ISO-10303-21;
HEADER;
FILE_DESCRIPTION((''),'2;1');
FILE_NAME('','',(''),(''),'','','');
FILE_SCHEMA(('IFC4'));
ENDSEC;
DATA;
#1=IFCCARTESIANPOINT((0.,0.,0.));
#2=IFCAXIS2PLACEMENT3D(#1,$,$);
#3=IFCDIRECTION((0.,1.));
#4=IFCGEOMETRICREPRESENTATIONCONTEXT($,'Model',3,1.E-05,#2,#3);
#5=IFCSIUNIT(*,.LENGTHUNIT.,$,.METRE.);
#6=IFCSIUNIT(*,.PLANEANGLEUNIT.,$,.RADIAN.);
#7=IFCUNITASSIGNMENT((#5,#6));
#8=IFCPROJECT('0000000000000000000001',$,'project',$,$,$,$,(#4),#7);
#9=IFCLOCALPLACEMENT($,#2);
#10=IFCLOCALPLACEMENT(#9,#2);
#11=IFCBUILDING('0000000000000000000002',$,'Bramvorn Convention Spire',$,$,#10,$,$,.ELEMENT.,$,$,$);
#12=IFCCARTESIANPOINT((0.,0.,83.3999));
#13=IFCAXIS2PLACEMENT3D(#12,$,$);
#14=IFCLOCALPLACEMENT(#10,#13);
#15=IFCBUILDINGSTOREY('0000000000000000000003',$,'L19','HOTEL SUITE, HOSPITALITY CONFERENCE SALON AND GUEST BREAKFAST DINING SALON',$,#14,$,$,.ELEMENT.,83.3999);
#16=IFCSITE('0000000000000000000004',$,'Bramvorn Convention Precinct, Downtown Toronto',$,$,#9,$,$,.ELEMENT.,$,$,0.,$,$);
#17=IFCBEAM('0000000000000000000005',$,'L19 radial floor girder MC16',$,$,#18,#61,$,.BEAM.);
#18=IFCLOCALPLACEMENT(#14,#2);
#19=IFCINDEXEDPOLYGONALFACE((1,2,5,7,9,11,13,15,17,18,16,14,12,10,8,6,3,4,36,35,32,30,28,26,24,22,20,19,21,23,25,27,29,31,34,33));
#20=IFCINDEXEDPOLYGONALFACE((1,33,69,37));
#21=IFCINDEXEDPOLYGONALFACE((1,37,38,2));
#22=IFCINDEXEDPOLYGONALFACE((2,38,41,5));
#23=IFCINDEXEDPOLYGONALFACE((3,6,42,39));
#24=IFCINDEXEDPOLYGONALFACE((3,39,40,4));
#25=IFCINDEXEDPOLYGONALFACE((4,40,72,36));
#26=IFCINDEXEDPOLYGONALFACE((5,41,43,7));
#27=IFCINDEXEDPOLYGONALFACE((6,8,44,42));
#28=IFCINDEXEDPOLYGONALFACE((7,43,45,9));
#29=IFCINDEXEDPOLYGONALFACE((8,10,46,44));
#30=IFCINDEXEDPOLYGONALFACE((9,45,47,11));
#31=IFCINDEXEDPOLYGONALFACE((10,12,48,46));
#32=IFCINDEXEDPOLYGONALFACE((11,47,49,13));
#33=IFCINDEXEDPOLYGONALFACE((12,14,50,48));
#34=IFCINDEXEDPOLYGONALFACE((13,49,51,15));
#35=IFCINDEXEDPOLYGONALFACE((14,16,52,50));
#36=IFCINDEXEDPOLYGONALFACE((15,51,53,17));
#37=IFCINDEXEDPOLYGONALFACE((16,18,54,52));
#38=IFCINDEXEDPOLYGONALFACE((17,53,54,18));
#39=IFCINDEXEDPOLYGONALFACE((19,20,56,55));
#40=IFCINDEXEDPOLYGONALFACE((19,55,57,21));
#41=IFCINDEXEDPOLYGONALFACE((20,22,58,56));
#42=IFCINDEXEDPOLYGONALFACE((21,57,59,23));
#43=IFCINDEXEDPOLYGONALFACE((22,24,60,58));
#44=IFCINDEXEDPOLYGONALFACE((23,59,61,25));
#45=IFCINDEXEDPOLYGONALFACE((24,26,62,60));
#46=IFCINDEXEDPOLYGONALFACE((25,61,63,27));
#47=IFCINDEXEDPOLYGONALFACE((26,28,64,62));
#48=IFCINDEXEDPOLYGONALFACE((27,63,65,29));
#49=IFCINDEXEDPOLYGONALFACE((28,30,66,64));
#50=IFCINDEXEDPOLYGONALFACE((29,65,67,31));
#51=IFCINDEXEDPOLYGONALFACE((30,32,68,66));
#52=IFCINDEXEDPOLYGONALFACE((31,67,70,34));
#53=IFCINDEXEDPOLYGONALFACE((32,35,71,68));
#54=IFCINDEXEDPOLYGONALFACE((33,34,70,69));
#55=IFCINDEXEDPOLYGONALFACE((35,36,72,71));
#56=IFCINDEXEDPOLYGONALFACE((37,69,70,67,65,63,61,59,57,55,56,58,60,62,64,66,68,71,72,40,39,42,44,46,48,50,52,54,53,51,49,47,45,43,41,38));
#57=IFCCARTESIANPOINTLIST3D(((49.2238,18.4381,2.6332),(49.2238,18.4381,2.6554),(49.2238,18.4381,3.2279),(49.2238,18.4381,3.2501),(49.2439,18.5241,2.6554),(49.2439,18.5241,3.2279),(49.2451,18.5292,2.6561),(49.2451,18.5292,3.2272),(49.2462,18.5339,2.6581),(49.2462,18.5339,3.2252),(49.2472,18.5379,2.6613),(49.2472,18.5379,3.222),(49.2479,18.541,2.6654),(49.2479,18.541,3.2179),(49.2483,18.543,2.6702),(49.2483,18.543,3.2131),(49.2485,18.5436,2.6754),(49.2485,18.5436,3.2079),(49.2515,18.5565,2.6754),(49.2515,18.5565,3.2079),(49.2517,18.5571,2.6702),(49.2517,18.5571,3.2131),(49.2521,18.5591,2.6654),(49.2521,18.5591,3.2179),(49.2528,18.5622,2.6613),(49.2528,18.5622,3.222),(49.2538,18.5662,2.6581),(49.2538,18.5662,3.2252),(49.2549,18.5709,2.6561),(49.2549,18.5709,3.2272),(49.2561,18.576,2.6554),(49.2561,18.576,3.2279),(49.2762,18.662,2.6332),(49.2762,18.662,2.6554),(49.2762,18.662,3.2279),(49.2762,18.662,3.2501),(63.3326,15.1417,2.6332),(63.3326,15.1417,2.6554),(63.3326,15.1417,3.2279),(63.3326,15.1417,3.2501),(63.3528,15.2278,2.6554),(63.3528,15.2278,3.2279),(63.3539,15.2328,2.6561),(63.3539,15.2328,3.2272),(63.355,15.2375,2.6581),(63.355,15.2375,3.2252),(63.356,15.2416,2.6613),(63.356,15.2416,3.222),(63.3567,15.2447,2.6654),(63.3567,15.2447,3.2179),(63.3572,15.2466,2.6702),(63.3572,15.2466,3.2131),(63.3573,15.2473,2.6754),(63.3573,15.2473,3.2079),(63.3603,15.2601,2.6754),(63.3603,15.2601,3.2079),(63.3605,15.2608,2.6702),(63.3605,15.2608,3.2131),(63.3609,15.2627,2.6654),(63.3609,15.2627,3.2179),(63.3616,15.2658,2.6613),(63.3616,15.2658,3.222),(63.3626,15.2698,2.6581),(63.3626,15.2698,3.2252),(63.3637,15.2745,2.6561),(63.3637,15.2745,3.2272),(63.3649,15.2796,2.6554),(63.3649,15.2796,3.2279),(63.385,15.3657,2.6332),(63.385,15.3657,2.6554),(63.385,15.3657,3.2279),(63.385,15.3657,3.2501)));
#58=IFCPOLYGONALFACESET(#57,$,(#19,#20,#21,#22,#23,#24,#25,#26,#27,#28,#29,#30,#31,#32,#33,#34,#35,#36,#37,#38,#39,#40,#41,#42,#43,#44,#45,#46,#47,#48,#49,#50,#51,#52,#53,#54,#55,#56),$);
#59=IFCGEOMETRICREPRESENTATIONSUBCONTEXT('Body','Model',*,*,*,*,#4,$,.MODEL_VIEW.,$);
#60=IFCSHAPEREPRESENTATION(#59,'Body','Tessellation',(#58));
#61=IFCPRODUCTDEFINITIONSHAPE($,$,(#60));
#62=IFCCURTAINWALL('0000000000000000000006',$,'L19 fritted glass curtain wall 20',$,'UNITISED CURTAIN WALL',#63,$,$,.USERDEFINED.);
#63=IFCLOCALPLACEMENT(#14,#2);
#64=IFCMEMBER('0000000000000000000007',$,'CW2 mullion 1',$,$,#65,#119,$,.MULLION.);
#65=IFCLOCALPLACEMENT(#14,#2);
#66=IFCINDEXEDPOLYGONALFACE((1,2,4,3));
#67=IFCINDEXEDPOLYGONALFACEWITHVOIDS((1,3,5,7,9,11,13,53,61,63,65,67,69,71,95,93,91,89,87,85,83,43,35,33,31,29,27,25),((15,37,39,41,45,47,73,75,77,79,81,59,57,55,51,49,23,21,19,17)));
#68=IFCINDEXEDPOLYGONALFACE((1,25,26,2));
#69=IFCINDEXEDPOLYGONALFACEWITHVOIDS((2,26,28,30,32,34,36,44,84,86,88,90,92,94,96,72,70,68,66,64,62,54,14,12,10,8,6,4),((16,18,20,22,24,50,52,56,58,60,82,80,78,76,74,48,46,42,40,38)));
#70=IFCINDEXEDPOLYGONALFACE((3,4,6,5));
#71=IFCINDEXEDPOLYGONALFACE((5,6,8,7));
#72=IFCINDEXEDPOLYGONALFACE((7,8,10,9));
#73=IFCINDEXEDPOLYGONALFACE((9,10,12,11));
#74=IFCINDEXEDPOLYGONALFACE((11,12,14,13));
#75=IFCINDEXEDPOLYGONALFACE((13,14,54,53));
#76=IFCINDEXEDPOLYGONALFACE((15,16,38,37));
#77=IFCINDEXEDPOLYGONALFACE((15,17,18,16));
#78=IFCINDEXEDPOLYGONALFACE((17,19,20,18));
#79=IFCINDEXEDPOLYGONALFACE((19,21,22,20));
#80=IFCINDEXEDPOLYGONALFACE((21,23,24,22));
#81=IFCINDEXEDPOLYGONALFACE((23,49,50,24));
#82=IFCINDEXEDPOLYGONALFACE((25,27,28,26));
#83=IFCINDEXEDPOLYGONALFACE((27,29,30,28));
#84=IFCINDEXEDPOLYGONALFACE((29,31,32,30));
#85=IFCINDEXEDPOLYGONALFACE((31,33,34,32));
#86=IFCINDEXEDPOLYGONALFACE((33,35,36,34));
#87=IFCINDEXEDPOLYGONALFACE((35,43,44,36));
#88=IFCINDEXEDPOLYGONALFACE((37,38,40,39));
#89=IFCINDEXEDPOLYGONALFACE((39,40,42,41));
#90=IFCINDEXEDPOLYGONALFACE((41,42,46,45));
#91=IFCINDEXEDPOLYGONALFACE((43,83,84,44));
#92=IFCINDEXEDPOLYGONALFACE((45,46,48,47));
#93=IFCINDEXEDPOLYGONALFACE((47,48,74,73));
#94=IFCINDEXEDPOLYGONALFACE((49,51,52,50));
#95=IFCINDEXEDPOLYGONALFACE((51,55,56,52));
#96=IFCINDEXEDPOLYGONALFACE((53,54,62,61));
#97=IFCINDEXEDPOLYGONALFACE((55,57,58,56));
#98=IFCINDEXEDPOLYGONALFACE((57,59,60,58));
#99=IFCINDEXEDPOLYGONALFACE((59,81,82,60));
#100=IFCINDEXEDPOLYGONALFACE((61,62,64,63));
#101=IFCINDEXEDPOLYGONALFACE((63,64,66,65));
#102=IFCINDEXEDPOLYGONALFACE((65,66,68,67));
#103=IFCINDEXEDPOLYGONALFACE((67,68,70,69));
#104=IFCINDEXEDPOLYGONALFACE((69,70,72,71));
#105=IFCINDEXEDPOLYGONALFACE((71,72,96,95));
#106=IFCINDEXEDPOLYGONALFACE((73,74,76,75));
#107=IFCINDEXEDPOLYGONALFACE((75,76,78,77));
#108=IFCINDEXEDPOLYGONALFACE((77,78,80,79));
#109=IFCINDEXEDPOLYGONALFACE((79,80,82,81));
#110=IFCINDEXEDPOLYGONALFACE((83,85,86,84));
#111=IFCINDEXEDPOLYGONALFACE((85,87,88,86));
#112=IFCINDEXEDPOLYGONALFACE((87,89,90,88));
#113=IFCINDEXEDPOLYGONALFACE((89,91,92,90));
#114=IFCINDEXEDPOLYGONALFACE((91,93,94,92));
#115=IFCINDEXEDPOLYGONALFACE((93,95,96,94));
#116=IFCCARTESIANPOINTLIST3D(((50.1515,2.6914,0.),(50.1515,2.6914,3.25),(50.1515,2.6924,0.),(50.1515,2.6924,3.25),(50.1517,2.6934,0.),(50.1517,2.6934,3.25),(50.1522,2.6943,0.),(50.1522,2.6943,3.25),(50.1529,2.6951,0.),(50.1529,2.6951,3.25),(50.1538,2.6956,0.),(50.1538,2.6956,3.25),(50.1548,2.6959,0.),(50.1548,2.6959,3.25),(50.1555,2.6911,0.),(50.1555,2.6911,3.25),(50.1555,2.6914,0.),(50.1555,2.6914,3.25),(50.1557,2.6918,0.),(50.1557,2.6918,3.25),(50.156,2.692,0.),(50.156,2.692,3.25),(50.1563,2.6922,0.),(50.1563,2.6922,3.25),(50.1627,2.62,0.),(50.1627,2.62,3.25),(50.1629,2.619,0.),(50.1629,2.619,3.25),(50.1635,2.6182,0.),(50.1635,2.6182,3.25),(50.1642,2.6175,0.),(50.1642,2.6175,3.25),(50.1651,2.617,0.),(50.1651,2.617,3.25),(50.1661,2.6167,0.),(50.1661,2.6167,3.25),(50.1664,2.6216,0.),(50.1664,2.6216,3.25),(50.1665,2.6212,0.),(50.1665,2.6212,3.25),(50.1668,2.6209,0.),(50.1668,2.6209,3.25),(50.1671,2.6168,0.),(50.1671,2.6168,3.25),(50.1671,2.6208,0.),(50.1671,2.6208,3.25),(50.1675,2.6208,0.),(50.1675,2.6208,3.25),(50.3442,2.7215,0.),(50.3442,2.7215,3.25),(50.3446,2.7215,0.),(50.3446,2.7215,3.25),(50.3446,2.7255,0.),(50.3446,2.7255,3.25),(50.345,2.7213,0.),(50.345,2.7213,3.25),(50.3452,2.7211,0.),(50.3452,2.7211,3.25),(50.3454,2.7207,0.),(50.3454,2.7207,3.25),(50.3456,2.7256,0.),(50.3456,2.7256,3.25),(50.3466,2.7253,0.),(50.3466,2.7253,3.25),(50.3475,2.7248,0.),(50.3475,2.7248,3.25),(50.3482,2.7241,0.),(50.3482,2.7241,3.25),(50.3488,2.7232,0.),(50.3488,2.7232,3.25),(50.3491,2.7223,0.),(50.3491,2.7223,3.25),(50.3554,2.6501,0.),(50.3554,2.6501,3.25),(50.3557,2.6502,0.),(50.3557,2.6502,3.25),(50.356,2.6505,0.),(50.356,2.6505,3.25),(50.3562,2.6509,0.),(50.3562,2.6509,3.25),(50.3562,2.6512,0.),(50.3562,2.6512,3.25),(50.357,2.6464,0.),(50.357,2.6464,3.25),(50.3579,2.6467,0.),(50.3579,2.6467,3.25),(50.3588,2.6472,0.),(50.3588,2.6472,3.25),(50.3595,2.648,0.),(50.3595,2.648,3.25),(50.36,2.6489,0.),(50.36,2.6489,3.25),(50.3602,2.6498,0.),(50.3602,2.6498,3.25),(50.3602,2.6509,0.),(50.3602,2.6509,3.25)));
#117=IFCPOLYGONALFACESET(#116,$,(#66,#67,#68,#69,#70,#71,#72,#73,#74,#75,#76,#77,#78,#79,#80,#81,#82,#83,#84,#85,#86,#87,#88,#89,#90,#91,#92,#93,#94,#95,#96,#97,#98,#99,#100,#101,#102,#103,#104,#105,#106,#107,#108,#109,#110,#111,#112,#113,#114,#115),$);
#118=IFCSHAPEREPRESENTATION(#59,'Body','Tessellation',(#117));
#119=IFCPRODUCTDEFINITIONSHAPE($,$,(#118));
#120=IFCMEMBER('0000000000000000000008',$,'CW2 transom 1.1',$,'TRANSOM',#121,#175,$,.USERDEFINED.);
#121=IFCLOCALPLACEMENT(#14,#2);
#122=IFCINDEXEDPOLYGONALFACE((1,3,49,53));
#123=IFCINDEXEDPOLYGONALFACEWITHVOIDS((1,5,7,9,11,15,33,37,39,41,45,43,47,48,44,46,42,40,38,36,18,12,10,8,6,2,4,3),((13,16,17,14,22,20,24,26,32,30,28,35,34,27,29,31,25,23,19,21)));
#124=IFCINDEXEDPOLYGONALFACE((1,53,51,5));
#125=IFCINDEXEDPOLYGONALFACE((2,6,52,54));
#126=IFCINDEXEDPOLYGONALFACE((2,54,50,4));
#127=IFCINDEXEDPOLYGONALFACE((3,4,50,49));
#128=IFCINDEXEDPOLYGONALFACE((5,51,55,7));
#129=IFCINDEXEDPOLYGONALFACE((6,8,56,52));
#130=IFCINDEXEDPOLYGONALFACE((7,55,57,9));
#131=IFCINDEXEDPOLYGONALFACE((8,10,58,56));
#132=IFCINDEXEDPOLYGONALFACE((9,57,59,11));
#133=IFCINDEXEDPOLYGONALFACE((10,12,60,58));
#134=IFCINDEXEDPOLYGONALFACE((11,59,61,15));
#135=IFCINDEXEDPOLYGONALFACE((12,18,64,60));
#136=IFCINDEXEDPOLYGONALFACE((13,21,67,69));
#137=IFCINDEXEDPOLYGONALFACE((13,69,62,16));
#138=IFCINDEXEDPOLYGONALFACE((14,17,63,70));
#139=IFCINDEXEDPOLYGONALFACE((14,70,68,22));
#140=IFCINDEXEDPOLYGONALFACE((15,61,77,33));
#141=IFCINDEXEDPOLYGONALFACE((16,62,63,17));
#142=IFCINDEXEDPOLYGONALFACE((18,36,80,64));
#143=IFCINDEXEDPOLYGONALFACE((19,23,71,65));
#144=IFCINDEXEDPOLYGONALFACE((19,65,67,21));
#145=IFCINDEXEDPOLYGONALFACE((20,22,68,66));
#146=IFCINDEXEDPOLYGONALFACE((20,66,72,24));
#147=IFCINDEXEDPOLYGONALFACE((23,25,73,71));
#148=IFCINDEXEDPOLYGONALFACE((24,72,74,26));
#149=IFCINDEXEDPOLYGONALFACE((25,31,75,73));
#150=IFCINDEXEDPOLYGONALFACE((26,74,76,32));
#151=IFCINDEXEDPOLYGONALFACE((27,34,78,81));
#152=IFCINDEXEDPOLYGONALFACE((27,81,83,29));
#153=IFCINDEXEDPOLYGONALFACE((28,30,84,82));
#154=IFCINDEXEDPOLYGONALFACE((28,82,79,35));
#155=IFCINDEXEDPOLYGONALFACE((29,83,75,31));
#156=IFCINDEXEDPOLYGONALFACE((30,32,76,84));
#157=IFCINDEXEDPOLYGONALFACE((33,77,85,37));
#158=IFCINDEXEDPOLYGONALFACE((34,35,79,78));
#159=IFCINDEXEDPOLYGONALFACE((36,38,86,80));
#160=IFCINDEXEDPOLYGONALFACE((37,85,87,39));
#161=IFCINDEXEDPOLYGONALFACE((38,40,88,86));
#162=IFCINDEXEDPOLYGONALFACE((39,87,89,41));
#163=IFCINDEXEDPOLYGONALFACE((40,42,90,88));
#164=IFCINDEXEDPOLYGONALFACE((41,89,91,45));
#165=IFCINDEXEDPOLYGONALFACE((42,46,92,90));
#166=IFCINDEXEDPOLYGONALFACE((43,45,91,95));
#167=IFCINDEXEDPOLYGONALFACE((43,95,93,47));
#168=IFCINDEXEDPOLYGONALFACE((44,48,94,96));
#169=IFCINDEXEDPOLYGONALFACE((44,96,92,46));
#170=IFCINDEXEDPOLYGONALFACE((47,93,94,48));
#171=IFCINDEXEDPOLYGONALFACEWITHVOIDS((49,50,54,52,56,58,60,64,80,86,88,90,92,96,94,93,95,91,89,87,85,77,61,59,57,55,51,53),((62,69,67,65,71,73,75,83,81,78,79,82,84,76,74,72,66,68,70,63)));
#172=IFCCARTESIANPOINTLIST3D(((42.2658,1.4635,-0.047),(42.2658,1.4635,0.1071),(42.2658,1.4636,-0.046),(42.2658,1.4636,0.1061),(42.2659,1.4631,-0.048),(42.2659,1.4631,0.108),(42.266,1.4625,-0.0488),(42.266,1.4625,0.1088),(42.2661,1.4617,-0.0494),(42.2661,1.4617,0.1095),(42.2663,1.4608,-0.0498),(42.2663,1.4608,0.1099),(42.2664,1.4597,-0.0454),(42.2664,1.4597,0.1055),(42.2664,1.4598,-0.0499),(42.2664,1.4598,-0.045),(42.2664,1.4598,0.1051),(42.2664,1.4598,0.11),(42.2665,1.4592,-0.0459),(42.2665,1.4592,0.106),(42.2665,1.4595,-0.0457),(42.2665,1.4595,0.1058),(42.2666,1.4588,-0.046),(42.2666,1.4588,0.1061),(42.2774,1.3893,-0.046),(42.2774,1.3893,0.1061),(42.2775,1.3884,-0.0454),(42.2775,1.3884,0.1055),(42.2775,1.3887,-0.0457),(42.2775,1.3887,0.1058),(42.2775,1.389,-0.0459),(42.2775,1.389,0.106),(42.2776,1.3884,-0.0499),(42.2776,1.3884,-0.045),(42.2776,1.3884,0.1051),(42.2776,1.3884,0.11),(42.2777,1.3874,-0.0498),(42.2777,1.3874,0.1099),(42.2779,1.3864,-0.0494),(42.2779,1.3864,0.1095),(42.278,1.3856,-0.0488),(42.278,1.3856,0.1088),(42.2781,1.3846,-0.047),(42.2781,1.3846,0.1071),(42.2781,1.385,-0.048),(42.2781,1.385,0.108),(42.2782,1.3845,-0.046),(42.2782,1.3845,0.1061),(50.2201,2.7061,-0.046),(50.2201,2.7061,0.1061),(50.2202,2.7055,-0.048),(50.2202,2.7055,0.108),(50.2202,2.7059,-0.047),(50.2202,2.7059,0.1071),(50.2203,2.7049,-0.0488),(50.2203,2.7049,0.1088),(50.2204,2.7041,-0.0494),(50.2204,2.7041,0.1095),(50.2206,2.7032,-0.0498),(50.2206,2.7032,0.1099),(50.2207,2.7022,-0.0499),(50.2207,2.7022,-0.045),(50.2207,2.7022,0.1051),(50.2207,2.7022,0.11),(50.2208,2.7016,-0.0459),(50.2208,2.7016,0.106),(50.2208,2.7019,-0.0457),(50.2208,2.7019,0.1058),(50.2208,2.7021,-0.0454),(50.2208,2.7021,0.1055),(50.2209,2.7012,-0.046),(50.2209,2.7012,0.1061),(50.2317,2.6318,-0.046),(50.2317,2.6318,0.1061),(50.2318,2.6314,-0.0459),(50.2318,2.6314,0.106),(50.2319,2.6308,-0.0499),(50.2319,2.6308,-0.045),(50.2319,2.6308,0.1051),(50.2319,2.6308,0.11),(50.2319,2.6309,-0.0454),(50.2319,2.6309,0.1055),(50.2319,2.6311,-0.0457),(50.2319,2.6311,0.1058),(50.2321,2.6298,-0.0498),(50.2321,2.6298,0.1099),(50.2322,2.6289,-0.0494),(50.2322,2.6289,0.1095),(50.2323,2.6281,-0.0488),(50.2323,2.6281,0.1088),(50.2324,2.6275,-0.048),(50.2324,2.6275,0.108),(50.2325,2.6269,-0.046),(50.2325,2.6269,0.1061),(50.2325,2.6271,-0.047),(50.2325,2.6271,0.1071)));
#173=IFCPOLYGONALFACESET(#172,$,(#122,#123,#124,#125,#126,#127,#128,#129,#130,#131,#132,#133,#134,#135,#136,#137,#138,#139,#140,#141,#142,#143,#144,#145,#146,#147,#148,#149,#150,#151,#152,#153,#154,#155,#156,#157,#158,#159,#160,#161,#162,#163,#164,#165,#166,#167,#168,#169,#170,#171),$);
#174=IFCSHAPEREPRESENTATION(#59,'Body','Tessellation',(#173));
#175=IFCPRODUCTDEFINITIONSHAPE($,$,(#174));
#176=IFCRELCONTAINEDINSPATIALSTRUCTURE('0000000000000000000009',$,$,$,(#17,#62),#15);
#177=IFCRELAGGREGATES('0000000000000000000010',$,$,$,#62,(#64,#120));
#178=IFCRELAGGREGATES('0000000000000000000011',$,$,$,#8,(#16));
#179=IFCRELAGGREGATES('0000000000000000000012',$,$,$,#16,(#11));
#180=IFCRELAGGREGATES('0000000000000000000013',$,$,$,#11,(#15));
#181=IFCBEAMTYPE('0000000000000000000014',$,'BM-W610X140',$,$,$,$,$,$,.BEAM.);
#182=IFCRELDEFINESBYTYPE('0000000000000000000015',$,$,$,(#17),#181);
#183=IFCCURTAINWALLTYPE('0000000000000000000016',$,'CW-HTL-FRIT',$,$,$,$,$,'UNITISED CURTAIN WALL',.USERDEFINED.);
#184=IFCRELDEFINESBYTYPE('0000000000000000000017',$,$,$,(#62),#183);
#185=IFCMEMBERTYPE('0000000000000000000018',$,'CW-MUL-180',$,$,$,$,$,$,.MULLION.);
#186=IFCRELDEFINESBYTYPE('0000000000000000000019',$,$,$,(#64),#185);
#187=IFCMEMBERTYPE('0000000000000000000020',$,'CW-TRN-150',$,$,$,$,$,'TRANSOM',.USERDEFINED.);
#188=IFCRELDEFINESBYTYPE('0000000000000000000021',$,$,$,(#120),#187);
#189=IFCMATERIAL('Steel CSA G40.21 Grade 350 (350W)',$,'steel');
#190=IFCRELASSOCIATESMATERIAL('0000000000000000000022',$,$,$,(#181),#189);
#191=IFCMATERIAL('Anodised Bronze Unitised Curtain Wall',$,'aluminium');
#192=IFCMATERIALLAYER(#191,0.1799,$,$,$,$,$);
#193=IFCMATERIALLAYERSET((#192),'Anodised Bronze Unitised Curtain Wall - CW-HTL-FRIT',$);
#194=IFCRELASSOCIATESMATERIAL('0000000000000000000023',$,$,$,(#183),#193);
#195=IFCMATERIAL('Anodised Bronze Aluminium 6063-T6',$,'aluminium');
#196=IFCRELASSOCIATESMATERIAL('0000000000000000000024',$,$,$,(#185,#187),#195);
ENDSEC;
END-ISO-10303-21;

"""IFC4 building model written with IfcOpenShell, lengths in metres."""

from ifc_helpers import new_model, si_unit, direction, frame, origin, origin_2d, place, context, subcontext, project, spatial, hollow_rectangle, i_section, extrude, material, layer, layer_set, material_profile, profile_set, type_object, element, aggregate, save


model = new_model("IFC4")

# Units and contexts
model_context = context("Model", 3, precision=1e-05, world=origin(), true_north=direction((0.0, 1.0)))
body_context = subcontext(model_context, "Body", "Model", "MODEL_VIEW")
ifc_project = project(units=[si_unit("LENGTHUNIT", "METRE"), si_unit("PLANEANGLEUNIT", "RADIAN")], contexts=[model_context])

# Site, building, storey
site_placement = place(None, origin())
site = spatial("IfcSite", under=ifc_project, at=site_placement, Name="Bramvorn Convention Precinct, Downtown Toronto", CompositionType="ELEMENT", RefElevation=0.0)
building_placement = place(site_placement, origin())
building = spatial("IfcBuilding", under=site, at=building_placement, Name="Bramvorn Convention Spire", CompositionType="ELEMENT")
storey_placement = place(building_placement, frame((0.0, 0.0, 83.3999)))
storey = spatial("IfcBuildingStorey", under=building, at=storey_placement, Name="L19", Description="HOTEL SUITE, HOSPITALITY CONFERENCE SALON AND GUEST BREAKFAST DINING SALON", CompositionType="ELEMENT", Elevation=83.3999)

# Shared definitions
ifc_material_1 = material(Name="Steel CSA G40.21 Grade 350 (350W)", Category="steel")

# Beam
ifc_material_profile_1 = material_profile(ifc_material_1, i_section(OverallWidth=0.23, OverallDepth=0.6169, WebThickness=0.0132, FlangeThickness=0.0222, FilletRadius=0.02, at=origin_2d()))
ifc_profile_set_1 = profile_set([ifc_material_profile_1], Name="Steel CSA G40.21 Grade 350 (350W) - W610X140")
beam_type_1 = type_object("IfcBeamType", Name="BM-W610X140", PredefinedType="BEAM", material=ifc_profile_set_1)
beam_1_placement = place(storey_placement, frame((49.25, 18.55, 2.9417), z_axis=(0.973775, -0.227512, 0.0), x_axis=(0.227512, 0.973775, 0.0)))
element("IfcBeam", 1, at=beam_1_placement, inside=storey, type_object=beam_type_1, Name="L19 radial floor girder MC16", PredefinedType="BEAM", context=body_context, shape_type="SweptSolid", body=[
    extrude(i_section(OverallWidth=0.23, OverallDepth=0.6169, WebThickness=0.0132, FlangeThickness=0.0222, FilletRadius=0.02, at=origin_2d()), origin(), (0.0, 0.0, 1.0), 14.4888),
])

# Curtain wall, members
ifc_material_2 = material(Name="Anodised Bronze Unitised Curtain Wall", Category="aluminium")
ifc_layer_1 = layer(ifc_material_2, 0.1799)
ifc_layer_set_1 = layer_set([ifc_layer_1], Name="Anodised Bronze Unitised Curtain Wall - CW-HTL-FRIT")
curtain_wall_type = type_object("IfcCurtainWallType", Name="CW-HTL-FRIT", ElementType="UNITISED CURTAIN WALL", PredefinedType="USERDEFINED", material=ifc_layer_set_1)
curtain_wall_placement = place(storey_placement, origin())
curtain_wall = element("IfcCurtainWall", 2, at=curtain_wall_placement, inside=storey, type_object=curtain_wall_type, Name="L19 fritted glass curtain wall 20", ObjectType="UNITISED CURTAIN WALL", PredefinedType="USERDEFINED")
ifc_material_3 = material(Name="Anodised Bronze Aluminium 6063-T6", Category="aluminium")
ifc_material_profile_2 = material_profile(ifc_material_3, hollow_rectangle(XDim=0.0801, YDim=0.2, WallThickness=0.0039, InnerFilletRadius=0.001, OuterFilletRadius=0.0039, at=origin_2d()))
ifc_profile_set_2 = profile_set([ifc_material_profile_2], Name="Anodised Bronze Aluminium 6063-T6 - CWM80X200")
member_type_1 = type_object("IfcMemberType", Name="CW-MUL-180", PredefinedType="MULLION", material=ifc_profile_set_2)
member_1_placement = place(storey_placement, frame((50.2559, 2.6711, 0.0), z_axis=(0.0, 0.0, 1.0), x_axis=(0.154306, -0.988023, 0.0)))
member_1 = element("IfcMember", 3, at=member_1_placement, type_object=member_type_1, Name="CW2 mullion 1", PredefinedType="MULLION", context=body_context, shape_type="SweptSolid", body=[
    extrude(hollow_rectangle(XDim=0.0801, YDim=0.2, WallThickness=0.0039, InnerFilletRadius=0.001, OuterFilletRadius=0.0039, at=origin_2d()), origin(), (0.0, 0.0, 1.0), 3.25),
])
ifc_material_profile_3 = material_profile(ifc_material_3, hollow_rectangle(XDim=0.0801, YDim=0.1599, WallThickness=0.0039, InnerFilletRadius=0.001, OuterFilletRadius=0.0039, at=origin_2d()))
ifc_profile_set_3 = profile_set([ifc_material_profile_3], Name="Anodised Bronze Aluminium 6063-T6 - CWT80X160")
member_type_2 = type_object("IfcMemberType", Name="CW-TRN-150", ElementType="TRANSOM", PredefinedType="USERDEFINED", material=ifc_profile_set_3)
member_2_placement = place(storey_placement, frame((50.2263, 2.6665, 0.03), z_axis=(-0.98802, -0.154324, 0.0), x_axis=(0.154324, -0.98802, 0.0)))
member_2 = element("IfcMember", 4, at=member_2_placement, type_object=member_type_2, Name="CW2 transom 1.1", ObjectType="TRANSOM", PredefinedType="USERDEFINED", context=body_context, shape_type="SweptSolid", body=[
    extrude(hollow_rectangle(XDim=0.0801, YDim=0.1599, WallThickness=0.0039, InnerFilletRadius=0.001, OuterFilletRadius=0.0039, at=origin_2d()), origin(), (0.0, 0.0, 1.0), 8.0508),
])
aggregate(curtain_wall, [member_1, member_2])

save(model, "model.ifc")
